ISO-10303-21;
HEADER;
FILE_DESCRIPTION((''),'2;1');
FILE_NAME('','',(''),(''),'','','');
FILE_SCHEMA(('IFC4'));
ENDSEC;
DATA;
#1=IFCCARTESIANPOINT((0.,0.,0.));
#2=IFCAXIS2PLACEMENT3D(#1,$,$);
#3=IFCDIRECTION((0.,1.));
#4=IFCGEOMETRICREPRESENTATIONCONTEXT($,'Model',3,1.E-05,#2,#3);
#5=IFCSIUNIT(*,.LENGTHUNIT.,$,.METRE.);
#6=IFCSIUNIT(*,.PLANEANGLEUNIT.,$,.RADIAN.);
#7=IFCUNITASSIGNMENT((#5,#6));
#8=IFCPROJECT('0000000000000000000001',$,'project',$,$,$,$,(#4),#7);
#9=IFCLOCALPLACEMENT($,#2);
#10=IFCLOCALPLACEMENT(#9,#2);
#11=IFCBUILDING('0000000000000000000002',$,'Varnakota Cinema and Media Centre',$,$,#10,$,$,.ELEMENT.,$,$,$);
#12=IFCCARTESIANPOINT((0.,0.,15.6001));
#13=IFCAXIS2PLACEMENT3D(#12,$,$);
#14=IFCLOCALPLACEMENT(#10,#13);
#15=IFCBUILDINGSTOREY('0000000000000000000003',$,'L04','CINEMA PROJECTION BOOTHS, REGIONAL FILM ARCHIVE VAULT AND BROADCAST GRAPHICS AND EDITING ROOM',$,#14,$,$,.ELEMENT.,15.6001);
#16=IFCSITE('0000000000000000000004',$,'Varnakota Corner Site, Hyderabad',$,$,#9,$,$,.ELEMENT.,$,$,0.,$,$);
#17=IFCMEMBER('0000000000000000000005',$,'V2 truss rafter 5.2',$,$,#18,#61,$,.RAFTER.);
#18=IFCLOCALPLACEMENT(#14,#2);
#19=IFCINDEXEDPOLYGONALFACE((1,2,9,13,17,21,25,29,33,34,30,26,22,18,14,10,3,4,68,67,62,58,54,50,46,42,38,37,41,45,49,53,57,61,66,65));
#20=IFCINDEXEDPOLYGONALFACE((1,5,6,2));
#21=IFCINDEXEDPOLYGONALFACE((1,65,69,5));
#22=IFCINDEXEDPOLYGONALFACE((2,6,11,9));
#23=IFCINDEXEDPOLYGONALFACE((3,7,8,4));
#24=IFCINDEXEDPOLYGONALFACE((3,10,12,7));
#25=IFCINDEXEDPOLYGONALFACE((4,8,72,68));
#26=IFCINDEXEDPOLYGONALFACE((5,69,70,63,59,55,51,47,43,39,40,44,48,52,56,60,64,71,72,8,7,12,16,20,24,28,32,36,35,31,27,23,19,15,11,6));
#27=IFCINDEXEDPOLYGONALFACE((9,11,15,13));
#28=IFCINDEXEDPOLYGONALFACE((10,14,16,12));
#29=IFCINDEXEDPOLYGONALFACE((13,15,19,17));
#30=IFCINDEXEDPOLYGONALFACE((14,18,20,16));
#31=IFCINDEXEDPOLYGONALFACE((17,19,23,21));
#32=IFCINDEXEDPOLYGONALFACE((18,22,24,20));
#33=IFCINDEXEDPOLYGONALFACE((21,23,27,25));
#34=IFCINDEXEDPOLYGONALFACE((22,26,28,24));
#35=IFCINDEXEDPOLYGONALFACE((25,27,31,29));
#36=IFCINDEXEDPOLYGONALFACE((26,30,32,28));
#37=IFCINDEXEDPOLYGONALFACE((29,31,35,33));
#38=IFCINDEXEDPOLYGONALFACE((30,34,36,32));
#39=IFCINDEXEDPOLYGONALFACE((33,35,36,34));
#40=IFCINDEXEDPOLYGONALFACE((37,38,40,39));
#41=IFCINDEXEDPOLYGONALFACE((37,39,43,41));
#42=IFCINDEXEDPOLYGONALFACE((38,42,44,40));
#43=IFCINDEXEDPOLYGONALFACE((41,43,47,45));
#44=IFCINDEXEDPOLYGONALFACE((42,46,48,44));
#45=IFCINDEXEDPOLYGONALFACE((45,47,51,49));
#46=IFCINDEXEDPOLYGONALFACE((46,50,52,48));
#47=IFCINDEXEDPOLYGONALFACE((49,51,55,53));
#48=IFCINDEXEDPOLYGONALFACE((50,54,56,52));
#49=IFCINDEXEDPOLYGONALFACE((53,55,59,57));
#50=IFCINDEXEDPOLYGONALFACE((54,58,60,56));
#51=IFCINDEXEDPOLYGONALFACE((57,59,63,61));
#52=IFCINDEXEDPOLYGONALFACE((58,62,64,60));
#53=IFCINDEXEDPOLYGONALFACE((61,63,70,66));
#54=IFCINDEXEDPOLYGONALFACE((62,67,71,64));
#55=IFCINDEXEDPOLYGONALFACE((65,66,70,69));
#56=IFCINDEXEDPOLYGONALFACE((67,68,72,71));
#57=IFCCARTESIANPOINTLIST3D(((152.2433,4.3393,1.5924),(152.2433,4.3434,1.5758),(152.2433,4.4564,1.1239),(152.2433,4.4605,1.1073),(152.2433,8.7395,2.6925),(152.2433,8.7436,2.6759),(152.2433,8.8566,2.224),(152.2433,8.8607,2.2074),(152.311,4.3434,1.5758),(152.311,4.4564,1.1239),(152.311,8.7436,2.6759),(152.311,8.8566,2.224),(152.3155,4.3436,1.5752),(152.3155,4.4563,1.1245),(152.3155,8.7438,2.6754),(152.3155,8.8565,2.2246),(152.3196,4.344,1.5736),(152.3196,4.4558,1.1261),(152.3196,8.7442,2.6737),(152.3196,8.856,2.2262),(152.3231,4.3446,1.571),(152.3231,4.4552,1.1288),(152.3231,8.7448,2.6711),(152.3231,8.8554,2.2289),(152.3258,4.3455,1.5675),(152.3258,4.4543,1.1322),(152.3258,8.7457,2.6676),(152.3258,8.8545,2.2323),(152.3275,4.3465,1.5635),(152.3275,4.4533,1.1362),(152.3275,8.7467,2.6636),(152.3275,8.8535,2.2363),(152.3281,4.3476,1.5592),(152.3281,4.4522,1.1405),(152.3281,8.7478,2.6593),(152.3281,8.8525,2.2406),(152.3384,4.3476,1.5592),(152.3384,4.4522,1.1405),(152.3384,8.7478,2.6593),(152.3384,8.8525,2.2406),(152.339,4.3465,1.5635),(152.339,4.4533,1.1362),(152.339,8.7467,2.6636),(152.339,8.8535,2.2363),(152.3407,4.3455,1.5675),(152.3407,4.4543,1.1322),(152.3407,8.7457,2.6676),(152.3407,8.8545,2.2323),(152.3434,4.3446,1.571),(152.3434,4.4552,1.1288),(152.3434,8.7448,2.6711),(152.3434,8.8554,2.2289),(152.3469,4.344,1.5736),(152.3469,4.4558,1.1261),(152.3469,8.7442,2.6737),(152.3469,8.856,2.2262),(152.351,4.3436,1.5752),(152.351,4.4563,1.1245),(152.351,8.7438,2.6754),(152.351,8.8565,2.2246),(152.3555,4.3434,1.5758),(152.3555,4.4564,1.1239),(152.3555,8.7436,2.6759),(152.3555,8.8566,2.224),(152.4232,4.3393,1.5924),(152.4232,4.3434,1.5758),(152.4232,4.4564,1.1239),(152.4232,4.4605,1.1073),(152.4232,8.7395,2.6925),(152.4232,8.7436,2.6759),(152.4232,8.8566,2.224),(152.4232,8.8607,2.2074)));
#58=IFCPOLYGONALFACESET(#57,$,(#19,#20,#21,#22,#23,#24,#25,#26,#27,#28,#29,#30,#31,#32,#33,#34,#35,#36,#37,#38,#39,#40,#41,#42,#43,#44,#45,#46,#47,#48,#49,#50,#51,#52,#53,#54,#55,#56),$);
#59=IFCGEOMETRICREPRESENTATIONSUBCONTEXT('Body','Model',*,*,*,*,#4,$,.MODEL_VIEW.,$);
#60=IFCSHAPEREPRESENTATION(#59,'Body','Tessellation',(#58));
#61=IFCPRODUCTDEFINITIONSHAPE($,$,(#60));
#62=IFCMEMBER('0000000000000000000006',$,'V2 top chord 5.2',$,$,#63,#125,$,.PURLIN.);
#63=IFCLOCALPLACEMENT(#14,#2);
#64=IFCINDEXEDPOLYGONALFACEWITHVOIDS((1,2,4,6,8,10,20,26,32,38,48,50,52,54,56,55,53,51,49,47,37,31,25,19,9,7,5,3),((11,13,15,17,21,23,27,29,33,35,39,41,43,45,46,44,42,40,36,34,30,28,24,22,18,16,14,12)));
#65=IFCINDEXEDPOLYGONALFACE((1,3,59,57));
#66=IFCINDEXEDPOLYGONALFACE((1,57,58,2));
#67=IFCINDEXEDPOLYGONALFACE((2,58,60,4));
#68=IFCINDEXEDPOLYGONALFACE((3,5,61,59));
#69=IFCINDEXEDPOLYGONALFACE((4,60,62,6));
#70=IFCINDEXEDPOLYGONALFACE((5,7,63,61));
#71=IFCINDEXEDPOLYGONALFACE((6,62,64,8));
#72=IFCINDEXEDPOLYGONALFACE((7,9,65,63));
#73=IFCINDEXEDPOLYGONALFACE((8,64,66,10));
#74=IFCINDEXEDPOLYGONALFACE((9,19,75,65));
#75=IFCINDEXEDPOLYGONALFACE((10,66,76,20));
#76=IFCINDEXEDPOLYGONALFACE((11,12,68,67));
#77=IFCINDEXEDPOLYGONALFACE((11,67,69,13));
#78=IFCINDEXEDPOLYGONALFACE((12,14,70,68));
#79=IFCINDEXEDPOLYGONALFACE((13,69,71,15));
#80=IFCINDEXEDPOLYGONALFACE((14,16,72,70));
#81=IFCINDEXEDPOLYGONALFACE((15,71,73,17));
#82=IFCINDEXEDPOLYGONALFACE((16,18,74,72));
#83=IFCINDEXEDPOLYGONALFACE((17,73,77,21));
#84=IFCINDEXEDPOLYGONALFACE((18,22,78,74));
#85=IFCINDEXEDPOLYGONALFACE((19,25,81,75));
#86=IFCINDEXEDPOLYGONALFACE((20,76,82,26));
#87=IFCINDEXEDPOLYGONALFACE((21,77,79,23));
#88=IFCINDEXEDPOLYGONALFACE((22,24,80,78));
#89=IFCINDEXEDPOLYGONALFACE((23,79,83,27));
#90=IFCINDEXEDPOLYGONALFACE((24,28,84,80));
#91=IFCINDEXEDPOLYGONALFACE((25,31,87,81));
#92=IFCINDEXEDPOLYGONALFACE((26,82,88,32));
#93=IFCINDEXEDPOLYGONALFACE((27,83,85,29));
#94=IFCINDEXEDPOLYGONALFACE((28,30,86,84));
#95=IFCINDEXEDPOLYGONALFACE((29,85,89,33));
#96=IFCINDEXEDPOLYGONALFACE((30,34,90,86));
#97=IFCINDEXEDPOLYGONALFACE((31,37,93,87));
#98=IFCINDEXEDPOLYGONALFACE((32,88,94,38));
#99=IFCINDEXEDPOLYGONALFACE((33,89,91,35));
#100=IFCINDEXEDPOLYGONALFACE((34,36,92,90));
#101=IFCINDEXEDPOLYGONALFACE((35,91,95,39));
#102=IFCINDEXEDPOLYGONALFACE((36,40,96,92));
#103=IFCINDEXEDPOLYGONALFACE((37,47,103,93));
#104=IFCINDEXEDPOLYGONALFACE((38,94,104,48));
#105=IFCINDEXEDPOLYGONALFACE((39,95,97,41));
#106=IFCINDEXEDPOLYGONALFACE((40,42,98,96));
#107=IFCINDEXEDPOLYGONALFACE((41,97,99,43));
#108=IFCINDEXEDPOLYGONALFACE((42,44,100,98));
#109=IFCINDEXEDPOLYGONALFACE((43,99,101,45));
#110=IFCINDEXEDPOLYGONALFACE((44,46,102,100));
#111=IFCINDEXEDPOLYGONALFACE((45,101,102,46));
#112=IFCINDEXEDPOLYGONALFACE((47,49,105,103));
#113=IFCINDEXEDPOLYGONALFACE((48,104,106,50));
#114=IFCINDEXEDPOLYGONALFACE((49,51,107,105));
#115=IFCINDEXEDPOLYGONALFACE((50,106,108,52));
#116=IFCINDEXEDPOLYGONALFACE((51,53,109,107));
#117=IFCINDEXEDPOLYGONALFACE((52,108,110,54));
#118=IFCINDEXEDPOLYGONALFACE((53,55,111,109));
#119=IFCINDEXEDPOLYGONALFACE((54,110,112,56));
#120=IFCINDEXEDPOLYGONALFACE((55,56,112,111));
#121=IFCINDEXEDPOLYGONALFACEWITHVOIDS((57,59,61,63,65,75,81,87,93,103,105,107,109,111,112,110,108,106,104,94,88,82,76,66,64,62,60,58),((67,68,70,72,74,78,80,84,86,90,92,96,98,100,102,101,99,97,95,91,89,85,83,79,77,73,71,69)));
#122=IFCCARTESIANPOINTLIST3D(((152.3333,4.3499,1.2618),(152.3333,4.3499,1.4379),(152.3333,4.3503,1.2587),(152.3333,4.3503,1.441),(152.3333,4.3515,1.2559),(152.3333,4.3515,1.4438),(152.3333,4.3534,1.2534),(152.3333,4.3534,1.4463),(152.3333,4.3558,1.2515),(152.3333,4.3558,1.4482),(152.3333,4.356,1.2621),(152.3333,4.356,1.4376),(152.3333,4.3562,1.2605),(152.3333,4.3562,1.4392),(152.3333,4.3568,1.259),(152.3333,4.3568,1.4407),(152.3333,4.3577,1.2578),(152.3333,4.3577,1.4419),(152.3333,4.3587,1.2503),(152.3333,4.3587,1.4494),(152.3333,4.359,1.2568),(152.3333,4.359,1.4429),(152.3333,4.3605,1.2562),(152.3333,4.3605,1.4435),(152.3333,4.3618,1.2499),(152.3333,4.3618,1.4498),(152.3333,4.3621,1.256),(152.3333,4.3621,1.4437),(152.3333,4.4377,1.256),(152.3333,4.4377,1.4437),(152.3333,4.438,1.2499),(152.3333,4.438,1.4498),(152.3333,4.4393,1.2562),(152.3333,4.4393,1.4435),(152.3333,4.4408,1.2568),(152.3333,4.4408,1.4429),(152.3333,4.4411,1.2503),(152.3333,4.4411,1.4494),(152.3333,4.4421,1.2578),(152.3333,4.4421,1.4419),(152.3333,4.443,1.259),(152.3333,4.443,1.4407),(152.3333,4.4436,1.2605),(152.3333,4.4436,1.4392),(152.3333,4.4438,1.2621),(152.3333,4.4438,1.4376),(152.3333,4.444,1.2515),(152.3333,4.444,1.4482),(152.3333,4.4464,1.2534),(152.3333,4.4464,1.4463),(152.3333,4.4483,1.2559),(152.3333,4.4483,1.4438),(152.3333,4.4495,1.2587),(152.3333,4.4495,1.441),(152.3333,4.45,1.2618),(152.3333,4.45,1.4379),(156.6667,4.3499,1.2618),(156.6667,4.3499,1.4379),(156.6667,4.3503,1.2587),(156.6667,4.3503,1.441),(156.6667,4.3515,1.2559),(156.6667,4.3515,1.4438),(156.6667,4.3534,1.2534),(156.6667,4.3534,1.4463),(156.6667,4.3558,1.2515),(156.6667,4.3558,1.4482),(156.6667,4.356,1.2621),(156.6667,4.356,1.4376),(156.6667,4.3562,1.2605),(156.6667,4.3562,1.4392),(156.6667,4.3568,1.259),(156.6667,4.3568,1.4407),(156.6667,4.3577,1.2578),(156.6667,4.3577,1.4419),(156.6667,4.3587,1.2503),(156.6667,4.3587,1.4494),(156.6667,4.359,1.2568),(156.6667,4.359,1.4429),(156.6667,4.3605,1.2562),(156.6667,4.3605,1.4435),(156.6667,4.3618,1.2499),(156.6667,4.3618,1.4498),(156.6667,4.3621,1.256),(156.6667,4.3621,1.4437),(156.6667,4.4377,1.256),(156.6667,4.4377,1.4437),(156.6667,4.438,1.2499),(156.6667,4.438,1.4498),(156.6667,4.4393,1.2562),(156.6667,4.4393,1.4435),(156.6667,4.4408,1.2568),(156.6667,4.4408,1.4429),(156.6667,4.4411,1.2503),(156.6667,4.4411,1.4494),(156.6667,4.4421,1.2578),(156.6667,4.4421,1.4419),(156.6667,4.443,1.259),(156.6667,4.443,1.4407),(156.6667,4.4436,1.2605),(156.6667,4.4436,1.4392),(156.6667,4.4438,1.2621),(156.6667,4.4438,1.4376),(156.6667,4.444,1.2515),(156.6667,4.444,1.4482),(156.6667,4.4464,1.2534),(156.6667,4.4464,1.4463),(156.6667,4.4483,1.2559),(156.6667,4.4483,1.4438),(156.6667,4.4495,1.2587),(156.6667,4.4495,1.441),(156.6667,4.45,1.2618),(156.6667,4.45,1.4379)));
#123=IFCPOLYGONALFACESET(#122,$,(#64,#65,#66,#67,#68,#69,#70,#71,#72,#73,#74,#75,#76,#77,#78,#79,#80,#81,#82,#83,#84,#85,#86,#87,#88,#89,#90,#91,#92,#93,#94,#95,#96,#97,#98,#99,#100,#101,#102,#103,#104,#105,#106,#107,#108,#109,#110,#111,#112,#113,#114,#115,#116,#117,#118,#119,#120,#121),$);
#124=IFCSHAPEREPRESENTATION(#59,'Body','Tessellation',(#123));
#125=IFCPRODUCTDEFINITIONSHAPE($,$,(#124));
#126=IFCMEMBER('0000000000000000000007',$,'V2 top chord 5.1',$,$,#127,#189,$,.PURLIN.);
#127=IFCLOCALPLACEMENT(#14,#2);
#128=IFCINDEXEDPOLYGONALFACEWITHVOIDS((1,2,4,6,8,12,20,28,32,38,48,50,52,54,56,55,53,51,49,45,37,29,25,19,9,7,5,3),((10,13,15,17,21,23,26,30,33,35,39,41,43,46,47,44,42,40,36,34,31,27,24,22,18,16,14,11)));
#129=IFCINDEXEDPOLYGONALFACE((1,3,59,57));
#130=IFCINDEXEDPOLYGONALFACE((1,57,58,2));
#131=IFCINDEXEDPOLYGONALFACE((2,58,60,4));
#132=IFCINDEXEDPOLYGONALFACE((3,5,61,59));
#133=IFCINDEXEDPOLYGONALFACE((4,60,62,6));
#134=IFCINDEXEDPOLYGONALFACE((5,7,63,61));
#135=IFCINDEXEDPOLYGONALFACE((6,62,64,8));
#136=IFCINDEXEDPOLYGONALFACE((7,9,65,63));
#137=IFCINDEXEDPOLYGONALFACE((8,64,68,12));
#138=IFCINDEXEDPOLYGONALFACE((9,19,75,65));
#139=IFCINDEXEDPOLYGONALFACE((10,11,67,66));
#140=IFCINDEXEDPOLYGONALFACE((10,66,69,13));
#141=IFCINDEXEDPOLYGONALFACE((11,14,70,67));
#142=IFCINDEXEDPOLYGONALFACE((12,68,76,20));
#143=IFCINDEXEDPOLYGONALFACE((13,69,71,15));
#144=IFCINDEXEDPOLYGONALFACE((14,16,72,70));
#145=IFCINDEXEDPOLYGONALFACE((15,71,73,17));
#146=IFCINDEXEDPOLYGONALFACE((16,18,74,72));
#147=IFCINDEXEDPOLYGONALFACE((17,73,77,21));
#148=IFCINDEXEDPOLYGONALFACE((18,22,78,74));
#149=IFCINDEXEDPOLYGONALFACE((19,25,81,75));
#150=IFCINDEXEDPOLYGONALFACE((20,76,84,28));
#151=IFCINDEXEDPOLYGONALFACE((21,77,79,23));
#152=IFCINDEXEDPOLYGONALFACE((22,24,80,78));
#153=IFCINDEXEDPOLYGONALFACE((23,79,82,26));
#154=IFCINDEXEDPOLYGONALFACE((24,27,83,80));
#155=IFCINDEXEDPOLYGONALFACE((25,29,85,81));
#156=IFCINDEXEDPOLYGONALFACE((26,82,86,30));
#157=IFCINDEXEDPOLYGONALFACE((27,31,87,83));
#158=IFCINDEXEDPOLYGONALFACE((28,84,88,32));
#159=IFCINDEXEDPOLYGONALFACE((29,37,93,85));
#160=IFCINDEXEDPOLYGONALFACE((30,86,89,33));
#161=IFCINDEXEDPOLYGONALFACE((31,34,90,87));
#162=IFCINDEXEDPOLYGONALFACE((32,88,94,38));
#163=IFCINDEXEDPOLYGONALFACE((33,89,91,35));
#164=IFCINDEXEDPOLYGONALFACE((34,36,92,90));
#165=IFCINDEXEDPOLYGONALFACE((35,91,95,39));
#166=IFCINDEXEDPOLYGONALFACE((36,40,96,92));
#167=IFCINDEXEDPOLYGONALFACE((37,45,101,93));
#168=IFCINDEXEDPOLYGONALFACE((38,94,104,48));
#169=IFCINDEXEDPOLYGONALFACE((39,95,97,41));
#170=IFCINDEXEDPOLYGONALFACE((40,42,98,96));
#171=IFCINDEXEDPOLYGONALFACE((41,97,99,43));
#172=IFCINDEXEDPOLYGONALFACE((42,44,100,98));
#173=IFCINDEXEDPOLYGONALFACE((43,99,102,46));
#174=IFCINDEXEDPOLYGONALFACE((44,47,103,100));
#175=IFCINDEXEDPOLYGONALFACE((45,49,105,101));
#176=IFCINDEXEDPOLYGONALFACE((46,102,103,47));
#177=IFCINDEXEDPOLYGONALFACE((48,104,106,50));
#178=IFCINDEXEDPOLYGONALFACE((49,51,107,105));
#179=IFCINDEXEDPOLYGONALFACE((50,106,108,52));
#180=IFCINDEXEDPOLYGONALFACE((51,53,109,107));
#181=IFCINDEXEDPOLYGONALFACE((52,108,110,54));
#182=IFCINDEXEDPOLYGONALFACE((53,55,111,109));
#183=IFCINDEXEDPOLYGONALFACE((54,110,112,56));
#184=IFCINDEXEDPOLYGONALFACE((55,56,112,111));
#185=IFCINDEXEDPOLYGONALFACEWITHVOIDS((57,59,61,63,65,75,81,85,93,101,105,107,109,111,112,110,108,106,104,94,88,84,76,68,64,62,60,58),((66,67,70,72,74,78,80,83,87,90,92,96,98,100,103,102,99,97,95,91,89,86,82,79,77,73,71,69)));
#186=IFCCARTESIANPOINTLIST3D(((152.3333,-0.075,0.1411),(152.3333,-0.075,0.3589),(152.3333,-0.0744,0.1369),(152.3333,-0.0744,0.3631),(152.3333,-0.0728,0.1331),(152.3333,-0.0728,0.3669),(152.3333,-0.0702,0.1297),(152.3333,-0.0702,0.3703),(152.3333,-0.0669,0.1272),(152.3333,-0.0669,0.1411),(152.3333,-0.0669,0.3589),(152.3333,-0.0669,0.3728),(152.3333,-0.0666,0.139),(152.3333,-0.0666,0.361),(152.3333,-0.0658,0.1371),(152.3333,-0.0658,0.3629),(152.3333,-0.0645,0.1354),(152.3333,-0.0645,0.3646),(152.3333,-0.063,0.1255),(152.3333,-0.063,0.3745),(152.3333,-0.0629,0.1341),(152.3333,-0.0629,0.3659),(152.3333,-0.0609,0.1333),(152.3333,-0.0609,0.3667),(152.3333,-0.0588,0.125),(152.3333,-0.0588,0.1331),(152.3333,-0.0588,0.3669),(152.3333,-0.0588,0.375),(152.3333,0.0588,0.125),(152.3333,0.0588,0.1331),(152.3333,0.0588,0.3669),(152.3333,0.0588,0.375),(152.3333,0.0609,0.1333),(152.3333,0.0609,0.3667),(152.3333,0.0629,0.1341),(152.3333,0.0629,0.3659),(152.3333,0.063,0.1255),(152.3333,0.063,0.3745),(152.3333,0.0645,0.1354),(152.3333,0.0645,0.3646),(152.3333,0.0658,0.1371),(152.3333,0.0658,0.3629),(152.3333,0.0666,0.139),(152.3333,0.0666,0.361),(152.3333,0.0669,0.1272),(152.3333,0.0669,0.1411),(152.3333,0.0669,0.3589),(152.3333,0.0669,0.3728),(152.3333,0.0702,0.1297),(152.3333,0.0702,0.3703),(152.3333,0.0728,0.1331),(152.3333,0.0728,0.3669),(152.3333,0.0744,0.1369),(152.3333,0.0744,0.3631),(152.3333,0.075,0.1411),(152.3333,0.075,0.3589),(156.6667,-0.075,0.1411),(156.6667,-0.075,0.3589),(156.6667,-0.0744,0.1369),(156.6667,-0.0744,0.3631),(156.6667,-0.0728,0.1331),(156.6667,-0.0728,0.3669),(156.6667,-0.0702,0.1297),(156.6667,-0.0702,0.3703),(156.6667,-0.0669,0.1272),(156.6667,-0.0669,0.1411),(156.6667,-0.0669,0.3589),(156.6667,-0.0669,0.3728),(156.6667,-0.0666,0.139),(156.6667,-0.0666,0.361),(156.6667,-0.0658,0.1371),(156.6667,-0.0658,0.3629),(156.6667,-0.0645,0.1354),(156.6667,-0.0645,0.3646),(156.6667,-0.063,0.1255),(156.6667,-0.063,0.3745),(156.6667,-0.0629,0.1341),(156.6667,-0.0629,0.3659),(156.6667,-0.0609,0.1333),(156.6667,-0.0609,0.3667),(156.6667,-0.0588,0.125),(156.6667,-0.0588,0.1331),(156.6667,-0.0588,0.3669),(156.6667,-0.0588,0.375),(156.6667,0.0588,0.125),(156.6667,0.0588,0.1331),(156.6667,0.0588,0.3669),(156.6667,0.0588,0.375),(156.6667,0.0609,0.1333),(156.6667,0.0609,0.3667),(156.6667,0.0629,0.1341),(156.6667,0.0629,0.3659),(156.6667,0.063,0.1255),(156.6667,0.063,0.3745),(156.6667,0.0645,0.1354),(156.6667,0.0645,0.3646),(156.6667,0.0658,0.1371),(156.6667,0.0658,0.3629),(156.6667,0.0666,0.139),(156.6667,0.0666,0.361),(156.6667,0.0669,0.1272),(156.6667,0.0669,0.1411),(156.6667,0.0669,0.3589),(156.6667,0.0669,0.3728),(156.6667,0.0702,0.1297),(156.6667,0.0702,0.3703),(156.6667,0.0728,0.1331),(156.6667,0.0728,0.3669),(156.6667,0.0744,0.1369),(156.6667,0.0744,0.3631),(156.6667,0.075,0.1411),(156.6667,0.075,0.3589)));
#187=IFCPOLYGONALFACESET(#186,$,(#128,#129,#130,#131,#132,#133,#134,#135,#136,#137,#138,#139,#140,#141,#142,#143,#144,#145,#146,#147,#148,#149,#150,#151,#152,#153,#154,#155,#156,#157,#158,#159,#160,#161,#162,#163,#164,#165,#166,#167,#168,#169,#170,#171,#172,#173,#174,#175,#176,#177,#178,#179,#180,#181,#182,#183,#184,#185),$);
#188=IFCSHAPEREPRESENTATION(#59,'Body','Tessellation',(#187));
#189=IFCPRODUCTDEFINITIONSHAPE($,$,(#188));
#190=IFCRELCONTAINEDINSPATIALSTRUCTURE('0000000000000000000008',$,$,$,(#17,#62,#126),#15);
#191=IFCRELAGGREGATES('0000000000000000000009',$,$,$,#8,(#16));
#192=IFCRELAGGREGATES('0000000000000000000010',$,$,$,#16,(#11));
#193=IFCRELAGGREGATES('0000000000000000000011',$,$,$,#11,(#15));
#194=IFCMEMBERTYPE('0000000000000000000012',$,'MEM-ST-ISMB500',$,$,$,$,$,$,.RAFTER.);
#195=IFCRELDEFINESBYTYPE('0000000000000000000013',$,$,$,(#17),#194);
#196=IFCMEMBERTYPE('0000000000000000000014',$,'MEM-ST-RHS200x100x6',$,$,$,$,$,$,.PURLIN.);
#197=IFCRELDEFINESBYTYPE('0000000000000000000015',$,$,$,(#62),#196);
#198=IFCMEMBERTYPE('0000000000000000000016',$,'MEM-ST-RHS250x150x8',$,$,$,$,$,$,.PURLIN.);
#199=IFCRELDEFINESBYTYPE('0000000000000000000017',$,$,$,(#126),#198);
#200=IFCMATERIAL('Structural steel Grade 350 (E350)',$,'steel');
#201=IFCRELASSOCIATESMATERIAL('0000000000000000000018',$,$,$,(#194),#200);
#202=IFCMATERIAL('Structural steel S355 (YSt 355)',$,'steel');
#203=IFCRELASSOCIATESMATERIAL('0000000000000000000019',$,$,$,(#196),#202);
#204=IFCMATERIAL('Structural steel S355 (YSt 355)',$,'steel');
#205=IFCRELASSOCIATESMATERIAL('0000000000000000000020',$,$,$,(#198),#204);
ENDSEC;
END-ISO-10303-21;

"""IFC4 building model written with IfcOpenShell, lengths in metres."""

from ifc_helpers import new_model, si_unit, direction, frame, origin, origin_2d, place, context, subcontext, project, spatial, hollow_rectangle, i_section, extrude, material, material_profile, profile_set, type_object, element, save


model = new_model("IFC4")

# Units and contexts
model_context = context("Model", 3, precision=1e-05, world=origin(), true_north=direction((0.0, 1.0)))
body_context = subcontext(model_context, "Body", "Model", "MODEL_VIEW")
ifc_project = project(units=[si_unit("LENGTHUNIT", "METRE"), si_unit("PLANEANGLEUNIT", "RADIAN")], contexts=[model_context])

# Site, building, storey
site_placement = place(None, origin())
site = spatial("IfcSite", under=ifc_project, at=site_placement, Name="Varnakota Corner Site, Hyderabad", CompositionType="ELEMENT", RefElevation=0.0)
building_placement = place(site_placement, origin())
building = spatial("IfcBuilding", under=site, at=building_placement, Name="Varnakota Cinema and Media Centre", CompositionType="ELEMENT")
storey_placement = place(building_placement, frame((0.0, 0.0, 15.6001)))
storey = spatial("IfcBuildingStorey", under=building, at=storey_placement, Name="L04", Description="CINEMA PROJECTION BOOTHS, REGIONAL FILM ARCHIVE VAULT AND BROADCAST GRAPHICS AND EDITING ROOM", CompositionType="ELEMENT", Elevation=15.6001)

# Members
ifc_material_1 = material(Name="Structural steel Grade 350 (E350)", Category="steel")
ifc_material_profile_1 = material_profile(ifc_material_1, i_section(OverallWidth=0.1799, OverallDepth=0.5, WebThickness=0.0103, FlangeThickness=0.0171, FilletRadius=0.0171, at=origin_2d()), Name="ISMB 500")
ifc_profile_set_1 = profile_set([ifc_material_profile_1], Name="Structural steel Grade 350 (E350)")
member_type_1 = type_object("IfcMemberType", Name="MEM-ST-ISMB500", PredefinedType="RAFTER", material=ifc_profile_set_1)
member_1_placement = place(storey_placement, frame((152.3333, 4.3999, 1.3499), z_axis=(0.0, 0.970139, 0.242548), x_axis=(-1.0, 0.0, 0.0)))
element("IfcMember", 1, at=member_1_placement, inside=storey, type_object=member_type_1, Name="V2 truss rafter 5.2", PredefinedType="RAFTER", context=body_context, shape_type="SweptSolid", body=[
    extrude(i_section(OverallWidth=0.1799, OverallDepth=0.5, WebThickness=0.0103, FlangeThickness=0.0171, FilletRadius=0.0171, at=origin_2d()), origin(), (0.0, 0.0, 1.0), 4.5356),
])
ifc_material_2 = material(Name="Structural steel S355 (YSt 355)", Category="steel")
ifc_material_profile_2 = material_profile(ifc_material_2, hollow_rectangle(XDim=0.1001, YDim=0.2, WallThickness=0.0061, InnerFilletRadius=0.0061, OuterFilletRadius=0.012, at=origin_2d()), Name="RHS 200x100x6")
ifc_profile_set_2 = profile_set([ifc_material_profile_2], Name="Structural steel S355 (YSt 355)")
member_type_2 = type_object("IfcMemberType", Name="MEM-ST-RHS200x100x6", PredefinedType="PURLIN", material=ifc_profile_set_2)
member_2_placement = place(storey_placement, frame((152.3333, 4.3999, 1.3499), z_axis=(1.0, 0.0, 0.0), x_axis=(0.0, 1.0, 0.0)))
element("IfcMember", 2, at=member_2_placement, inside=storey, type_object=member_type_2, Name="V2 top chord 5.2", PredefinedType="PURLIN", context=body_context, shape_type="SweptSolid", body=[
    extrude(hollow_rectangle(XDim=0.1001, YDim=0.2, WallThickness=0.0061, InnerFilletRadius=0.0061, OuterFilletRadius=0.012, at=origin_2d()), origin(), (0.0, 0.0, 1.0), 4.3335),
])
ifc_material_3 = material(Name="Structural steel S355 (YSt 355)", Category="steel")
ifc_material_profile_3 = material_profile(ifc_material_3, hollow_rectangle(XDim=0.1499, YDim=0.25, WallThickness=0.0081, InnerFilletRadius=0.0081, OuterFilletRadius=0.0161, at=origin_2d()), Name="RHS 250x150x8")
ifc_profile_set_3 = profile_set([ifc_material_profile_3], Name="Structural steel S355 (YSt 355)")
member_type_3 = type_object("IfcMemberType", Name="MEM-ST-RHS250x150x8", PredefinedType="PURLIN", material=ifc_profile_set_3)
member_3_placement = place(storey_placement, frame((152.3333, 0.0, 0.25), z_axis=(1.0, 0.0, 0.0), x_axis=(0.0, 1.0, 0.0)))
element("IfcMember", 3, at=member_3_placement, inside=storey, type_object=member_type_3, Name="V2 top chord 5.1", PredefinedType="PURLIN", context=body_context, shape_type="SweptSolid", body=[
    extrude(hollow_rectangle(XDim=0.1499, YDim=0.25, WallThickness=0.0081, InnerFilletRadius=0.0081, OuterFilletRadius=0.0161, at=origin_2d()), origin(), (0.0, 0.0, 1.0), 4.3335),
])

save(model, "model.ifc")
